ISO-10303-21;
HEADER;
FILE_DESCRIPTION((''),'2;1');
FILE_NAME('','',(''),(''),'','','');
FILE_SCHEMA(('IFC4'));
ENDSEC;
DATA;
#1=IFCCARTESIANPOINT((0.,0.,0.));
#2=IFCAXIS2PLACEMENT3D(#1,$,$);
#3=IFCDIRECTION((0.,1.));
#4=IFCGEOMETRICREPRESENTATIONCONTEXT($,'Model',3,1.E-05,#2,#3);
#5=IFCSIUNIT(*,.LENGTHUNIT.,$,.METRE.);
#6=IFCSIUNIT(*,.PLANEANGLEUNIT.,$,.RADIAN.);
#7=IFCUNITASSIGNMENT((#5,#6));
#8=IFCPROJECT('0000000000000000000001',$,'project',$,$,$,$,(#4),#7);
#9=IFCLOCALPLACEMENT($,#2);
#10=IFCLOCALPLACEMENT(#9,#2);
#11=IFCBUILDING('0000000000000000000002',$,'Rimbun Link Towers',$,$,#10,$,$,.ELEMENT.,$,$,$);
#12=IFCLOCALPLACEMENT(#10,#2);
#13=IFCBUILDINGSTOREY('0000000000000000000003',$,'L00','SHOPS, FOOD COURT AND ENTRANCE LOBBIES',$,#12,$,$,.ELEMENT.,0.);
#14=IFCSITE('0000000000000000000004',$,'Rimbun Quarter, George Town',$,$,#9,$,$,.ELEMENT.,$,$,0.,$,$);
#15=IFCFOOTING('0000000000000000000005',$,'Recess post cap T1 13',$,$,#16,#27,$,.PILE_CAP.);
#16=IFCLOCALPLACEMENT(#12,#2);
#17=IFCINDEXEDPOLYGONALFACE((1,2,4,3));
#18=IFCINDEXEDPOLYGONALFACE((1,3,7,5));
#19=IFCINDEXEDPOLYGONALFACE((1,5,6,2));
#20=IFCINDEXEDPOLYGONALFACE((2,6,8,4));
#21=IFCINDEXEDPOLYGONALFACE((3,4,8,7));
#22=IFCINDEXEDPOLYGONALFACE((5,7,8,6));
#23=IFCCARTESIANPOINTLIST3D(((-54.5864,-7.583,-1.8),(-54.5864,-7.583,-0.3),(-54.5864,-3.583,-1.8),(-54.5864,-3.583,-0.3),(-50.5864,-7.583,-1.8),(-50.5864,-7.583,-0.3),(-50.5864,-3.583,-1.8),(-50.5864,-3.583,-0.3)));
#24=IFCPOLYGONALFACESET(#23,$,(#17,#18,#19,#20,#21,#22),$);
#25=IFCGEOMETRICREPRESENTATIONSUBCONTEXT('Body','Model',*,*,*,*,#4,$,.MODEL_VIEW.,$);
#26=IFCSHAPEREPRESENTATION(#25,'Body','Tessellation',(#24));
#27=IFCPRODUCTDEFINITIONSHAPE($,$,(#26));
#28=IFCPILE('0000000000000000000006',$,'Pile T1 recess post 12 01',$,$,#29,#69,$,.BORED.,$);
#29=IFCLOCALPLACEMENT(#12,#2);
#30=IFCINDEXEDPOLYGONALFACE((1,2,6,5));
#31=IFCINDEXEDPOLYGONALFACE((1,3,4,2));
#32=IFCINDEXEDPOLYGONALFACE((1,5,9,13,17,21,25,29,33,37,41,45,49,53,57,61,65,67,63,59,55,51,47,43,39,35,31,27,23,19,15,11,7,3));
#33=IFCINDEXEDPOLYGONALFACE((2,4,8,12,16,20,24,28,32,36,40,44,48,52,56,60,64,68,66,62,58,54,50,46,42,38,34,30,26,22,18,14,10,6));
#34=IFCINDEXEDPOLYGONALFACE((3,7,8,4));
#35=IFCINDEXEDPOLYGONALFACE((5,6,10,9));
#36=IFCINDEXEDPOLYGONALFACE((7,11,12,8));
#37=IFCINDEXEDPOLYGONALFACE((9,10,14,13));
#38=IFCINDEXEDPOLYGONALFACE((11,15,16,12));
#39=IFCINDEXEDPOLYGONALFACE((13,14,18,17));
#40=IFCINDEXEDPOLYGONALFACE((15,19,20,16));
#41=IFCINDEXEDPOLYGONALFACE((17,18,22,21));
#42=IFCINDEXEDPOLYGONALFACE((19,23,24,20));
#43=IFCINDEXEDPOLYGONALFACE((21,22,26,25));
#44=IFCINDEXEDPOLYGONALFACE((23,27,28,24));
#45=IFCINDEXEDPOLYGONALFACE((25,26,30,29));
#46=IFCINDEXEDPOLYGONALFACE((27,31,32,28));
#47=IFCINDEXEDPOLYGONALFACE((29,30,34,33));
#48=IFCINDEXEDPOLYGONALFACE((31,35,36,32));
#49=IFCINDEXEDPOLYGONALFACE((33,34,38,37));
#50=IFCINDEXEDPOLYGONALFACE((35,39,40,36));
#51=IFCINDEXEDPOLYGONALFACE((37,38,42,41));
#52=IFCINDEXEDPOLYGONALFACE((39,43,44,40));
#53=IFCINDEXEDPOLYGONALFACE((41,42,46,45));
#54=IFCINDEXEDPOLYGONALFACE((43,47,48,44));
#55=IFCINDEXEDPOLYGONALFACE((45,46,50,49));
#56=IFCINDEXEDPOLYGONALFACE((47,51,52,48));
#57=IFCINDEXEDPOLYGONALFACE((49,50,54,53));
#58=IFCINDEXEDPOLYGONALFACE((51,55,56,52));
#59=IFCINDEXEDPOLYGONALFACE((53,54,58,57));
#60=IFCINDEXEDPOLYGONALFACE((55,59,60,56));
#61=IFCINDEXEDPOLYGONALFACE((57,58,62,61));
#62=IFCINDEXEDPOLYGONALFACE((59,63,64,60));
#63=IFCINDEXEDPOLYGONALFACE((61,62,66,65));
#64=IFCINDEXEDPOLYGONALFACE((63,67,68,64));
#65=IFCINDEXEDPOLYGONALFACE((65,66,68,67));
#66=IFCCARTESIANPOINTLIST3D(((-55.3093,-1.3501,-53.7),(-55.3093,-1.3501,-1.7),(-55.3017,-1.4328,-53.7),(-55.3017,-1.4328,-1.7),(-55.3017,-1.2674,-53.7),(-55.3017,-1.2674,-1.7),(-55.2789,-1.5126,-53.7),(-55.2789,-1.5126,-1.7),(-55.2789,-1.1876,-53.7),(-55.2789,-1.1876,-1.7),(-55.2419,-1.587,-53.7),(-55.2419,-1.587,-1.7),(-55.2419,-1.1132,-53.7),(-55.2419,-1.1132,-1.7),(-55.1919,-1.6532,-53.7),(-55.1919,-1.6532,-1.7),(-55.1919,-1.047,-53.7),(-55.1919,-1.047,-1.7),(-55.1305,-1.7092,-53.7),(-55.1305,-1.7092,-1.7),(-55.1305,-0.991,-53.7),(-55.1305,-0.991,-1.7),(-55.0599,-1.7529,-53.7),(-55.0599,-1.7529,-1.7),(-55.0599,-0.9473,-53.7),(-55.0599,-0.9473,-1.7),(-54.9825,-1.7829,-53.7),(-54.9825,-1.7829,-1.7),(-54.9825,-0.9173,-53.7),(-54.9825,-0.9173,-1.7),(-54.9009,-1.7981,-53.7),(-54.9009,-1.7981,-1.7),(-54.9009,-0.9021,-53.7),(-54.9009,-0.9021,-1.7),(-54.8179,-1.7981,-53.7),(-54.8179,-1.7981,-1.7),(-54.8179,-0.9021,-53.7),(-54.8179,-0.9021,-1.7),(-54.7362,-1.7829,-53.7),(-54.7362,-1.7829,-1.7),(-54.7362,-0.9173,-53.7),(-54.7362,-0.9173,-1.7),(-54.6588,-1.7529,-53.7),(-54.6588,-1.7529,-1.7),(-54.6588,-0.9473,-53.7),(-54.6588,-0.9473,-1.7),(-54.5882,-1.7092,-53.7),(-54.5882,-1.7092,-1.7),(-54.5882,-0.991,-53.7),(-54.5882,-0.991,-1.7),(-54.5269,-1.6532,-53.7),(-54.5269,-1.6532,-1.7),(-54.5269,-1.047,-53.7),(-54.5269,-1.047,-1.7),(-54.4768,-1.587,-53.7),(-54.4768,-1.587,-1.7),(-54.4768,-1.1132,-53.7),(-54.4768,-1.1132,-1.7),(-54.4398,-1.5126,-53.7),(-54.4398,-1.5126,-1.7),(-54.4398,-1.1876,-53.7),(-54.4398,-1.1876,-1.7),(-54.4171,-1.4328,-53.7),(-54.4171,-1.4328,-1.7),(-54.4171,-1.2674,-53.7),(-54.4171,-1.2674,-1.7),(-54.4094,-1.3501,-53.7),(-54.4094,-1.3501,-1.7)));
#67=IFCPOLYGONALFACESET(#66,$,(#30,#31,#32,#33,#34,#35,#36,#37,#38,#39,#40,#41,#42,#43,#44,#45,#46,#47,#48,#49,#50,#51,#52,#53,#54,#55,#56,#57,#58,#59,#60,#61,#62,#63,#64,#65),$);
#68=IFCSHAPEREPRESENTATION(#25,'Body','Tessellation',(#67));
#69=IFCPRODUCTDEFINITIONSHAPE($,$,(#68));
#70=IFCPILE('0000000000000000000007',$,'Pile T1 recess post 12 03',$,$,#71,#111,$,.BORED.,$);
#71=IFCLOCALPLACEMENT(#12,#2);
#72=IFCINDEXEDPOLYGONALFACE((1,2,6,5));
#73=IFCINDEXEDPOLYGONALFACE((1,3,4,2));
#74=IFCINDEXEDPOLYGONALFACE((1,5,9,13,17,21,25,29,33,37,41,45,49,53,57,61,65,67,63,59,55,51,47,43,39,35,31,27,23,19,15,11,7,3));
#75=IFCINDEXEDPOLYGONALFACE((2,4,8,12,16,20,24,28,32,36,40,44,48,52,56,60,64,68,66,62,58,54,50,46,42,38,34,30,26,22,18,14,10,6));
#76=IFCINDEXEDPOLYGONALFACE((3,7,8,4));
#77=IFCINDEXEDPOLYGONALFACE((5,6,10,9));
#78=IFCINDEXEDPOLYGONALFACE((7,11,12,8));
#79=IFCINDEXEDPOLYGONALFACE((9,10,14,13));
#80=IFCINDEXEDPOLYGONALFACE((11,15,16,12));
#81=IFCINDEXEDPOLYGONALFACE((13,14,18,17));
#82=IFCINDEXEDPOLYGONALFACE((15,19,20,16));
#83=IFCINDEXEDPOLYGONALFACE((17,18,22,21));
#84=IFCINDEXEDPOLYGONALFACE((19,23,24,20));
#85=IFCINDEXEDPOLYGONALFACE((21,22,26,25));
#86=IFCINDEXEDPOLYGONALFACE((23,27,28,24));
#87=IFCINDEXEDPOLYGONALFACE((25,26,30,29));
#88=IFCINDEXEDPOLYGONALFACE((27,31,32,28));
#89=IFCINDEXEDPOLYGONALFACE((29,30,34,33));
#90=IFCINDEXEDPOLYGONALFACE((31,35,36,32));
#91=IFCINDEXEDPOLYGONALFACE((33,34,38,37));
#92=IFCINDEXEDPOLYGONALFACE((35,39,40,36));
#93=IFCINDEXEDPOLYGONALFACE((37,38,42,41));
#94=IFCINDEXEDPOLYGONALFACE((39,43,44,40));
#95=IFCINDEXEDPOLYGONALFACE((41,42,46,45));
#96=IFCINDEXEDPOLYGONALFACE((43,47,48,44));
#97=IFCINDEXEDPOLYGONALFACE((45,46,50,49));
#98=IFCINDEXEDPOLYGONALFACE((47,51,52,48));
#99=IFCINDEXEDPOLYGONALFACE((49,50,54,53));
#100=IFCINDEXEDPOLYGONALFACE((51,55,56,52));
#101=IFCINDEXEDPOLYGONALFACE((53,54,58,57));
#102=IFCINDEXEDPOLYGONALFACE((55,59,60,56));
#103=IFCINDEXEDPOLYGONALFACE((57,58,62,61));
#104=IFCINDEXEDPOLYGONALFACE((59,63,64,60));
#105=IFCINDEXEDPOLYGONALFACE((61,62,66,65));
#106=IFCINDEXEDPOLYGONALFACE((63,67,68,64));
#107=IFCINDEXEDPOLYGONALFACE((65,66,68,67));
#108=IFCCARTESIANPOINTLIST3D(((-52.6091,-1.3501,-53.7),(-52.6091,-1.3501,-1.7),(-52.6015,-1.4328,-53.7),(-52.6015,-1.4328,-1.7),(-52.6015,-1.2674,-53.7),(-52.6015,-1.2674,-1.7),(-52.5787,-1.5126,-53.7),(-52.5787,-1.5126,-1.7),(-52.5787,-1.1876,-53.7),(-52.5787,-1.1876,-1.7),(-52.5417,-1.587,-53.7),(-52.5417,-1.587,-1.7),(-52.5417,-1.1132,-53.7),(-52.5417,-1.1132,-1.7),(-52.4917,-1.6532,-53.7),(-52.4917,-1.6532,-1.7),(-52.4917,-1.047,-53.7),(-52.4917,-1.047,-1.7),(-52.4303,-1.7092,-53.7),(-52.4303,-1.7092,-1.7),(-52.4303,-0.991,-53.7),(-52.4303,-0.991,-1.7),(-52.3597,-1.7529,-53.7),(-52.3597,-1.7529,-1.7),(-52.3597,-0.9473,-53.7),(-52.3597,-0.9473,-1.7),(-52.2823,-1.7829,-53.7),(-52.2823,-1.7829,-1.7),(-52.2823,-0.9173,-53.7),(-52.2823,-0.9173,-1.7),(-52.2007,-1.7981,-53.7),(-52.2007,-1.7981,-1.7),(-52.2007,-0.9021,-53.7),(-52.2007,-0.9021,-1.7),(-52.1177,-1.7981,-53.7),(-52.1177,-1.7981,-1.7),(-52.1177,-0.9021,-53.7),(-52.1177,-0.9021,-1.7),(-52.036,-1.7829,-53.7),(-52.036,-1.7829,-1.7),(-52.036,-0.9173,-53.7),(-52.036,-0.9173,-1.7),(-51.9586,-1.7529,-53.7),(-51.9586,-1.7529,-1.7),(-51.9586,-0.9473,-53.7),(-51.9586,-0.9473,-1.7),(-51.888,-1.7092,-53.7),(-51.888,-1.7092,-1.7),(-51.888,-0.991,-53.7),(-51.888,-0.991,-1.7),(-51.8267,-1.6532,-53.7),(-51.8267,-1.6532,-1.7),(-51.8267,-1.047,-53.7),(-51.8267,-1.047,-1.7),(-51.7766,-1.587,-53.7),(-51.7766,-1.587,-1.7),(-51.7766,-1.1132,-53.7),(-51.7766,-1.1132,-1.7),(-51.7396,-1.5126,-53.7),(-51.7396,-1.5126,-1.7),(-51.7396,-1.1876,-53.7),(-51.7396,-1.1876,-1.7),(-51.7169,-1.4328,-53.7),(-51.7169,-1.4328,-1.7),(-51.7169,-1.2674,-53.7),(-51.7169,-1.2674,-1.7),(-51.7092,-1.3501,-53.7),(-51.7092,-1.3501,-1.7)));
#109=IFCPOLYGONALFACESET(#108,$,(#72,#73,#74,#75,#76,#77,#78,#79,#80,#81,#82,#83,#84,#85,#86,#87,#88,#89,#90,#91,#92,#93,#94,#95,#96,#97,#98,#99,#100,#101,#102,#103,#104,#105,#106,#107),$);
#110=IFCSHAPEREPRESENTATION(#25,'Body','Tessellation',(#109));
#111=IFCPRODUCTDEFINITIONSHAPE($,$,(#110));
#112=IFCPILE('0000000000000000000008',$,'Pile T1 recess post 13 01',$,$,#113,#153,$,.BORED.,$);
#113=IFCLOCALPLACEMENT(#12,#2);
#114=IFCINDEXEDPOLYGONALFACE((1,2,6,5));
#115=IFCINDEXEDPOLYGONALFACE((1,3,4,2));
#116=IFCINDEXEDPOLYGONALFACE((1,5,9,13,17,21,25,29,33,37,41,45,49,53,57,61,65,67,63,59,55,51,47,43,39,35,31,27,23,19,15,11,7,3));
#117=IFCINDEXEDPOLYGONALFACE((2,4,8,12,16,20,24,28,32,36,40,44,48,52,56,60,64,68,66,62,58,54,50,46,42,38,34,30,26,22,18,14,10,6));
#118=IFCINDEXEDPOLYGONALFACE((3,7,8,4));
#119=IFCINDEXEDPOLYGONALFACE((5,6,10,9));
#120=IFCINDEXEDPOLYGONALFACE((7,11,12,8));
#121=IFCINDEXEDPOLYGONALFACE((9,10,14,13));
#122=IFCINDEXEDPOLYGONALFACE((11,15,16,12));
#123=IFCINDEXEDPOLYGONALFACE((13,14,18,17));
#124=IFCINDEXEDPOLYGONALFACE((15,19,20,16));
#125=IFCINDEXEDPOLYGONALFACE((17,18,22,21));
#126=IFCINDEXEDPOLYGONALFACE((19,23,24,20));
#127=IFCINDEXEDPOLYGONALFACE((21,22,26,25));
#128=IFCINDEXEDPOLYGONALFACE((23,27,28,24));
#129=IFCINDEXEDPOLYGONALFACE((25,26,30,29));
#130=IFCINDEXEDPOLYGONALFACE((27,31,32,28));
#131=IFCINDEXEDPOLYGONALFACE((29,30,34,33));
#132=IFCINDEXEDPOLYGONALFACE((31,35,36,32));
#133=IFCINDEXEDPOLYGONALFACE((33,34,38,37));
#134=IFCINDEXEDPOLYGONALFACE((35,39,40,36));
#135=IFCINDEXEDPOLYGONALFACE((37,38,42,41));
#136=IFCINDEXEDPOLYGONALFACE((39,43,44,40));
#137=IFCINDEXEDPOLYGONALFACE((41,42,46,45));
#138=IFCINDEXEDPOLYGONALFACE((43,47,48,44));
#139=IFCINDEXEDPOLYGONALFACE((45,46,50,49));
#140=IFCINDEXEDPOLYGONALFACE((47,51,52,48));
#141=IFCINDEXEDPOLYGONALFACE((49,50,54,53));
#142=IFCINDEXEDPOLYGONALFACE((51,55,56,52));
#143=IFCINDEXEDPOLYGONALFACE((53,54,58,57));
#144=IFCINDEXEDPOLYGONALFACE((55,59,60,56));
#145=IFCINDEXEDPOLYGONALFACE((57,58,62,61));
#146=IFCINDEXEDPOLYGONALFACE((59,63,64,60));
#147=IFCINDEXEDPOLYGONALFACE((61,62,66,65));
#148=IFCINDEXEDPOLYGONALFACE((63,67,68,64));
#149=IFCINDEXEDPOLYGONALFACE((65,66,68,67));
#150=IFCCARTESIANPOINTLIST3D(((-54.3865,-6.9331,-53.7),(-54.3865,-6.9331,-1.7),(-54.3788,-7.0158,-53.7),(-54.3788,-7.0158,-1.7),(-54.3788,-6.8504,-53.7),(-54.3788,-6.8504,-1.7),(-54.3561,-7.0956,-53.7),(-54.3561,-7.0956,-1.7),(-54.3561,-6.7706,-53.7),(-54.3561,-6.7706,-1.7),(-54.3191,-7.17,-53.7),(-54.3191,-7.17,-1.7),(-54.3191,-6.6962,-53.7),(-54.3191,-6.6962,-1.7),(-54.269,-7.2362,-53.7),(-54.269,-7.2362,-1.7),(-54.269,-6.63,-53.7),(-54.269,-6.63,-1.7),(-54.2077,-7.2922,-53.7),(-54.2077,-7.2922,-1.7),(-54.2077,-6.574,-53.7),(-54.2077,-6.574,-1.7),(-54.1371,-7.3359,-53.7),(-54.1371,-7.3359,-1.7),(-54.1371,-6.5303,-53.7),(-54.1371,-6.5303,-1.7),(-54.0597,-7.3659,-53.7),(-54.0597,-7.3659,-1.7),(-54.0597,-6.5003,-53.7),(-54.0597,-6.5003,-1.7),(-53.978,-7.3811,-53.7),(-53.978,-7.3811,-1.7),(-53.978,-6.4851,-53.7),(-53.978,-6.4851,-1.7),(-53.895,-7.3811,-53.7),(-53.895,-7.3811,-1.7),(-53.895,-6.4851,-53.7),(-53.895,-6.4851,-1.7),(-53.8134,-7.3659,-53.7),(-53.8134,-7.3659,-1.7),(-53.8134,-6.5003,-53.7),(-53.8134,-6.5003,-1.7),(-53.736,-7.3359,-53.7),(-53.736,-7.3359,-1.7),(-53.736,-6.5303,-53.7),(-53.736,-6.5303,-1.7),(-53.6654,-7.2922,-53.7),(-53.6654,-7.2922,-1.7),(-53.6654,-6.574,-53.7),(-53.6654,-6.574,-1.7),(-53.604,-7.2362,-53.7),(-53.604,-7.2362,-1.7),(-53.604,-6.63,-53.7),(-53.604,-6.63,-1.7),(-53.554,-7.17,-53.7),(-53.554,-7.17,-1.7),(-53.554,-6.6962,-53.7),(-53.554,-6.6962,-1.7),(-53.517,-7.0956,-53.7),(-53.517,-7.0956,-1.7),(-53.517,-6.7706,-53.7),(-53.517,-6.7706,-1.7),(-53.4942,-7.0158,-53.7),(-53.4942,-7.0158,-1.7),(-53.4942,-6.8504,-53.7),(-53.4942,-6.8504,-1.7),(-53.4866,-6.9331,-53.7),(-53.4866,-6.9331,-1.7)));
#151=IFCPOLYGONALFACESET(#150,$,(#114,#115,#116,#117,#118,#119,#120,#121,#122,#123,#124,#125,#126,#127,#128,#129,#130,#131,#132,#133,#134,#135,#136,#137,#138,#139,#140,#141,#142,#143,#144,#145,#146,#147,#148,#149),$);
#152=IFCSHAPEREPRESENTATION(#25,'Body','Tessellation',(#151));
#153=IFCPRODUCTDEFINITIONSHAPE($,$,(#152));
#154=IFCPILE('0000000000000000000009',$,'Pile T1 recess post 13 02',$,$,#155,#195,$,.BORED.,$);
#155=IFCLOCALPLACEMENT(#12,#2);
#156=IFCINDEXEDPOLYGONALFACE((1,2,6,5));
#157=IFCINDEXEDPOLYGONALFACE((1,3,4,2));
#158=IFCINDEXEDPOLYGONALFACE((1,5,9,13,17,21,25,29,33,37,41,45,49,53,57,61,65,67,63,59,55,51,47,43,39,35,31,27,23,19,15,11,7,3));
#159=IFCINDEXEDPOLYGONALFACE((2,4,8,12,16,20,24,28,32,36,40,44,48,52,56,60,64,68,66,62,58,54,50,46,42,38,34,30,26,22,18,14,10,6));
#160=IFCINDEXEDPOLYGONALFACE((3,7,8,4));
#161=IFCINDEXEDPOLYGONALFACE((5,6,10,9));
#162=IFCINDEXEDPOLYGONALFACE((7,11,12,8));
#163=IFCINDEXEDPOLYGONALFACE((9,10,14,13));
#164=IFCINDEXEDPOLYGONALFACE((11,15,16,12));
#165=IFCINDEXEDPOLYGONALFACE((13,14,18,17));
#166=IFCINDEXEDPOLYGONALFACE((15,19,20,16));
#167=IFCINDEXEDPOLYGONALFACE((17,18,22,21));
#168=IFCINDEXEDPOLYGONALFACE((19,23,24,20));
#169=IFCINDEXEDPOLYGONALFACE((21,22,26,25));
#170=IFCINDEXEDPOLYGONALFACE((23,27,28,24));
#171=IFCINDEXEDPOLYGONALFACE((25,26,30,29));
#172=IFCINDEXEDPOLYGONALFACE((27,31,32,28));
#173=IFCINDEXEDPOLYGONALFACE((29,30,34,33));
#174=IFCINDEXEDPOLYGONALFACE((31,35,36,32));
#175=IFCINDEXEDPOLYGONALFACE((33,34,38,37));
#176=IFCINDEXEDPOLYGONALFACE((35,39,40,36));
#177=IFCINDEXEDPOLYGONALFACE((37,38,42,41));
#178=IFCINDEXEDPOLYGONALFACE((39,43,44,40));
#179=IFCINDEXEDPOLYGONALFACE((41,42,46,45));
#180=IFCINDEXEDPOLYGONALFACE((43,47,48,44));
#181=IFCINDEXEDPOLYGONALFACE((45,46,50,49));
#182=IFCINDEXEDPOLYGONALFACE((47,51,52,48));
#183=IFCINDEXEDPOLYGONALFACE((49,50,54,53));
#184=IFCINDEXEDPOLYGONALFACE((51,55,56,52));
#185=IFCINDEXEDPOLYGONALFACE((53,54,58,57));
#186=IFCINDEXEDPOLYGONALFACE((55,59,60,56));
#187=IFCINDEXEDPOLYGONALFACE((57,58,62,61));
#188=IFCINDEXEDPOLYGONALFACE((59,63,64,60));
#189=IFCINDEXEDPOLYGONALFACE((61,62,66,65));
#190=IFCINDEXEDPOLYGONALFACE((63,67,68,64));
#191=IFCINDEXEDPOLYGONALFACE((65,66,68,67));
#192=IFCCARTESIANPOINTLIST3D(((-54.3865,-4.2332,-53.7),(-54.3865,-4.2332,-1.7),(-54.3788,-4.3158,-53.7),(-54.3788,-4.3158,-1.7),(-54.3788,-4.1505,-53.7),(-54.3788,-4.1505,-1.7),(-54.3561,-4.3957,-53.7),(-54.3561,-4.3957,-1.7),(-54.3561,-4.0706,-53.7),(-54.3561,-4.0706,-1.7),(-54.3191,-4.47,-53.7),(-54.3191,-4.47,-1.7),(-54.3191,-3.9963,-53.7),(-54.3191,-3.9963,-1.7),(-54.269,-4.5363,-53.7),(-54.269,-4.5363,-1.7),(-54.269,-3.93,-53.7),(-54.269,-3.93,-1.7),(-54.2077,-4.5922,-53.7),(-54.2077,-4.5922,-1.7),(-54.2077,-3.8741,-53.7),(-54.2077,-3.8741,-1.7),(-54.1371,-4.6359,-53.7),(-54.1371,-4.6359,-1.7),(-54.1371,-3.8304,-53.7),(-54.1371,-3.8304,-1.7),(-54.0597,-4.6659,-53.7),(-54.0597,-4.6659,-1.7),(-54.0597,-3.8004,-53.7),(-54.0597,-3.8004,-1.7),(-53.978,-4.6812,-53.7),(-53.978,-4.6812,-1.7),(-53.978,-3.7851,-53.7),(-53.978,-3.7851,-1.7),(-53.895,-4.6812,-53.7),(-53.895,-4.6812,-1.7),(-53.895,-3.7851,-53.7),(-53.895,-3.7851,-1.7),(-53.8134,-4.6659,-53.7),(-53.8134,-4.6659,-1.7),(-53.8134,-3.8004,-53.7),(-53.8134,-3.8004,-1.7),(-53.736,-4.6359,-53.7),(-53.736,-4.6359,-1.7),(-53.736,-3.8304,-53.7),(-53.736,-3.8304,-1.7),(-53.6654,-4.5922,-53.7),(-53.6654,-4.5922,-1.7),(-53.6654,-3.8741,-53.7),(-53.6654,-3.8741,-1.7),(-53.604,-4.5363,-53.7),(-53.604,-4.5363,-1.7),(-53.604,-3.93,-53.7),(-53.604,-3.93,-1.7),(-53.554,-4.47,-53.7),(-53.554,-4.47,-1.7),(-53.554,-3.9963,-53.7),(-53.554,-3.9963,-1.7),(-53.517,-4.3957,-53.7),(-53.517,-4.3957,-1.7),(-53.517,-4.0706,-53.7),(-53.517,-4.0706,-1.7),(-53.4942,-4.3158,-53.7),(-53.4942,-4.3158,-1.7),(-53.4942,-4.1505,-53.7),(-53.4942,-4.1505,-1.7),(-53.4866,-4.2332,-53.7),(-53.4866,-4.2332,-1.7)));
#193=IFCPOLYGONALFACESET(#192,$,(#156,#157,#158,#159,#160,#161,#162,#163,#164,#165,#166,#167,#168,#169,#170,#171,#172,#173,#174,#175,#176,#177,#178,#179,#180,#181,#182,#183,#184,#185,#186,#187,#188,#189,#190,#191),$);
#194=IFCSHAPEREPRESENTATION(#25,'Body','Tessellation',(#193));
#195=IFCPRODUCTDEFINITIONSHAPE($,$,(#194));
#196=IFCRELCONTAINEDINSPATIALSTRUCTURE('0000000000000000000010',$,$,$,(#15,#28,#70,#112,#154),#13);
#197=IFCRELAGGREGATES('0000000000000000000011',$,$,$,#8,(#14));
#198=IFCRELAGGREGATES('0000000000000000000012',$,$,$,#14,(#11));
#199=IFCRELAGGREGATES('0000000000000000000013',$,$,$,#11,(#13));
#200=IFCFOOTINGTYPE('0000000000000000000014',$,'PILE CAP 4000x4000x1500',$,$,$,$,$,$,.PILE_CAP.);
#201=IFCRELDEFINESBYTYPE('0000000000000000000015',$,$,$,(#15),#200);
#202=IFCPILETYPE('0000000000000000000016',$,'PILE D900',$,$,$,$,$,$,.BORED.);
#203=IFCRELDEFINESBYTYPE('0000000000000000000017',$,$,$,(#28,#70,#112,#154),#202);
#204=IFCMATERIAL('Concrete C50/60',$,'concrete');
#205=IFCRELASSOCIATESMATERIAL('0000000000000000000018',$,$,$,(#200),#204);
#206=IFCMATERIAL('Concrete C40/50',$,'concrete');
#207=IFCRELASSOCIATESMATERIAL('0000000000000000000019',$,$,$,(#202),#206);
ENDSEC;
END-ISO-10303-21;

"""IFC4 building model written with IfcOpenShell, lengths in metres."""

from ifc_helpers import new_model, si_unit, direction, frame, origin, origin_2d, place, context, subcontext, project, spatial, rectangle, circle, extrude, material, material_profile, profile_set, type_object, element, save


model = new_model("IFC4")

# Units and contexts
model_context = context("Model", 3, precision=1e-05, world=origin(), true_north=direction((0.0, 1.0)))
body_context = subcontext(model_context, "Body", "Model", "MODEL_VIEW")
ifc_project = project(units=[si_unit("LENGTHUNIT", "METRE"), si_unit("PLANEANGLEUNIT", "RADIAN")], contexts=[model_context])

# Site, building, storey
site_placement = place(None, origin())
site = spatial("IfcSite", under=ifc_project, at=site_placement, Name="Rimbun Quarter, George Town", CompositionType="ELEMENT", RefElevation=0.0)
building_placement = place(site_placement, origin())
building = spatial("IfcBuilding", under=site, at=building_placement, Name="Rimbun Link Towers", CompositionType="ELEMENT")
storey_placement = place(building_placement, origin())
storey = spatial("IfcBuildingStorey", under=building, at=storey_placement, Name="L00", Description="SHOPS, FOOD COURT AND ENTRANCE LOBBIES", CompositionType="ELEMENT", Elevation=0.0)

# Footing
ifc_material_1 = material(Name="Concrete C50/60", Category="concrete")
footing_type = type_object("IfcFootingType", Name="PILE CAP 4000x4000x1500", PredefinedType="PILE_CAP", material=ifc_material_1)
footing_placement = place(storey_placement, frame((-52.5864, -5.583, -1.8), z_axis=(0.0, 0.0, 1.0), x_axis=(1.0, 0.0, 0.0)))
element("IfcFooting", 1, at=footing_placement, inside=storey, type_object=footing_type, Name="Recess post cap T1 13", PredefinedType="PILE_CAP", context=body_context, shape_type="SweptSolid", body=[
    extrude(rectangle(XDim=4.0, YDim=4.0, at=origin_2d()), origin(), (0.0, 0.0, 1.0), 1.5),
])

# Piles
ifc_material_2 = material(Name="Concrete C40/50", Category="concrete")
ifc_material_profile_1 = material_profile(ifc_material_2, circle(Radius=0.45, at=origin_2d()), Name="PILE D900")
ifc_profile_set_1 = profile_set([ifc_material_profile_1], Name="Concrete C40/50")
pile_type = type_object("IfcPileType", Name="PILE D900", PredefinedType="BORED", material=ifc_profile_set_1)
for number, where, z_axis, x_axis, name in (
    (2, (-54.8594, -1.3501, -1.7), (0.0, 0.0, -1.0), (1.0, 0.0, 0.0), "Pile T1 recess post 12 01"),
    (3, (-52.1592, -1.3501, -1.7), (0.0, 0.0, -1.0), (1.0, 0.0, 0.0), "Pile T1 recess post 12 03"),
    (4, (-53.9365, -6.9331, -1.7), (0.0, 0.0, -1.0), (1.0, 0.0, 0.0), "Pile T1 recess post 13 01"),
    (5, (-53.9365, -4.2332, -1.7), (0.0, 0.0, -1.0), (1.0, 0.0, 0.0), "Pile T1 recess post 13 02"),
):
    element("IfcPile", number, at=place(storey_placement, frame(where, z_axis=z_axis, x_axis=x_axis)), inside=storey, type_object=pile_type, Name=name, PredefinedType="BORED", context=body_context, shape_type="SweptSolid", body=[
        extrude(circle(Radius=0.45, at=origin_2d()), origin(), (0.0, 0.0, 1.0), 52.0),
    ])

save(model, "model.ifc")
